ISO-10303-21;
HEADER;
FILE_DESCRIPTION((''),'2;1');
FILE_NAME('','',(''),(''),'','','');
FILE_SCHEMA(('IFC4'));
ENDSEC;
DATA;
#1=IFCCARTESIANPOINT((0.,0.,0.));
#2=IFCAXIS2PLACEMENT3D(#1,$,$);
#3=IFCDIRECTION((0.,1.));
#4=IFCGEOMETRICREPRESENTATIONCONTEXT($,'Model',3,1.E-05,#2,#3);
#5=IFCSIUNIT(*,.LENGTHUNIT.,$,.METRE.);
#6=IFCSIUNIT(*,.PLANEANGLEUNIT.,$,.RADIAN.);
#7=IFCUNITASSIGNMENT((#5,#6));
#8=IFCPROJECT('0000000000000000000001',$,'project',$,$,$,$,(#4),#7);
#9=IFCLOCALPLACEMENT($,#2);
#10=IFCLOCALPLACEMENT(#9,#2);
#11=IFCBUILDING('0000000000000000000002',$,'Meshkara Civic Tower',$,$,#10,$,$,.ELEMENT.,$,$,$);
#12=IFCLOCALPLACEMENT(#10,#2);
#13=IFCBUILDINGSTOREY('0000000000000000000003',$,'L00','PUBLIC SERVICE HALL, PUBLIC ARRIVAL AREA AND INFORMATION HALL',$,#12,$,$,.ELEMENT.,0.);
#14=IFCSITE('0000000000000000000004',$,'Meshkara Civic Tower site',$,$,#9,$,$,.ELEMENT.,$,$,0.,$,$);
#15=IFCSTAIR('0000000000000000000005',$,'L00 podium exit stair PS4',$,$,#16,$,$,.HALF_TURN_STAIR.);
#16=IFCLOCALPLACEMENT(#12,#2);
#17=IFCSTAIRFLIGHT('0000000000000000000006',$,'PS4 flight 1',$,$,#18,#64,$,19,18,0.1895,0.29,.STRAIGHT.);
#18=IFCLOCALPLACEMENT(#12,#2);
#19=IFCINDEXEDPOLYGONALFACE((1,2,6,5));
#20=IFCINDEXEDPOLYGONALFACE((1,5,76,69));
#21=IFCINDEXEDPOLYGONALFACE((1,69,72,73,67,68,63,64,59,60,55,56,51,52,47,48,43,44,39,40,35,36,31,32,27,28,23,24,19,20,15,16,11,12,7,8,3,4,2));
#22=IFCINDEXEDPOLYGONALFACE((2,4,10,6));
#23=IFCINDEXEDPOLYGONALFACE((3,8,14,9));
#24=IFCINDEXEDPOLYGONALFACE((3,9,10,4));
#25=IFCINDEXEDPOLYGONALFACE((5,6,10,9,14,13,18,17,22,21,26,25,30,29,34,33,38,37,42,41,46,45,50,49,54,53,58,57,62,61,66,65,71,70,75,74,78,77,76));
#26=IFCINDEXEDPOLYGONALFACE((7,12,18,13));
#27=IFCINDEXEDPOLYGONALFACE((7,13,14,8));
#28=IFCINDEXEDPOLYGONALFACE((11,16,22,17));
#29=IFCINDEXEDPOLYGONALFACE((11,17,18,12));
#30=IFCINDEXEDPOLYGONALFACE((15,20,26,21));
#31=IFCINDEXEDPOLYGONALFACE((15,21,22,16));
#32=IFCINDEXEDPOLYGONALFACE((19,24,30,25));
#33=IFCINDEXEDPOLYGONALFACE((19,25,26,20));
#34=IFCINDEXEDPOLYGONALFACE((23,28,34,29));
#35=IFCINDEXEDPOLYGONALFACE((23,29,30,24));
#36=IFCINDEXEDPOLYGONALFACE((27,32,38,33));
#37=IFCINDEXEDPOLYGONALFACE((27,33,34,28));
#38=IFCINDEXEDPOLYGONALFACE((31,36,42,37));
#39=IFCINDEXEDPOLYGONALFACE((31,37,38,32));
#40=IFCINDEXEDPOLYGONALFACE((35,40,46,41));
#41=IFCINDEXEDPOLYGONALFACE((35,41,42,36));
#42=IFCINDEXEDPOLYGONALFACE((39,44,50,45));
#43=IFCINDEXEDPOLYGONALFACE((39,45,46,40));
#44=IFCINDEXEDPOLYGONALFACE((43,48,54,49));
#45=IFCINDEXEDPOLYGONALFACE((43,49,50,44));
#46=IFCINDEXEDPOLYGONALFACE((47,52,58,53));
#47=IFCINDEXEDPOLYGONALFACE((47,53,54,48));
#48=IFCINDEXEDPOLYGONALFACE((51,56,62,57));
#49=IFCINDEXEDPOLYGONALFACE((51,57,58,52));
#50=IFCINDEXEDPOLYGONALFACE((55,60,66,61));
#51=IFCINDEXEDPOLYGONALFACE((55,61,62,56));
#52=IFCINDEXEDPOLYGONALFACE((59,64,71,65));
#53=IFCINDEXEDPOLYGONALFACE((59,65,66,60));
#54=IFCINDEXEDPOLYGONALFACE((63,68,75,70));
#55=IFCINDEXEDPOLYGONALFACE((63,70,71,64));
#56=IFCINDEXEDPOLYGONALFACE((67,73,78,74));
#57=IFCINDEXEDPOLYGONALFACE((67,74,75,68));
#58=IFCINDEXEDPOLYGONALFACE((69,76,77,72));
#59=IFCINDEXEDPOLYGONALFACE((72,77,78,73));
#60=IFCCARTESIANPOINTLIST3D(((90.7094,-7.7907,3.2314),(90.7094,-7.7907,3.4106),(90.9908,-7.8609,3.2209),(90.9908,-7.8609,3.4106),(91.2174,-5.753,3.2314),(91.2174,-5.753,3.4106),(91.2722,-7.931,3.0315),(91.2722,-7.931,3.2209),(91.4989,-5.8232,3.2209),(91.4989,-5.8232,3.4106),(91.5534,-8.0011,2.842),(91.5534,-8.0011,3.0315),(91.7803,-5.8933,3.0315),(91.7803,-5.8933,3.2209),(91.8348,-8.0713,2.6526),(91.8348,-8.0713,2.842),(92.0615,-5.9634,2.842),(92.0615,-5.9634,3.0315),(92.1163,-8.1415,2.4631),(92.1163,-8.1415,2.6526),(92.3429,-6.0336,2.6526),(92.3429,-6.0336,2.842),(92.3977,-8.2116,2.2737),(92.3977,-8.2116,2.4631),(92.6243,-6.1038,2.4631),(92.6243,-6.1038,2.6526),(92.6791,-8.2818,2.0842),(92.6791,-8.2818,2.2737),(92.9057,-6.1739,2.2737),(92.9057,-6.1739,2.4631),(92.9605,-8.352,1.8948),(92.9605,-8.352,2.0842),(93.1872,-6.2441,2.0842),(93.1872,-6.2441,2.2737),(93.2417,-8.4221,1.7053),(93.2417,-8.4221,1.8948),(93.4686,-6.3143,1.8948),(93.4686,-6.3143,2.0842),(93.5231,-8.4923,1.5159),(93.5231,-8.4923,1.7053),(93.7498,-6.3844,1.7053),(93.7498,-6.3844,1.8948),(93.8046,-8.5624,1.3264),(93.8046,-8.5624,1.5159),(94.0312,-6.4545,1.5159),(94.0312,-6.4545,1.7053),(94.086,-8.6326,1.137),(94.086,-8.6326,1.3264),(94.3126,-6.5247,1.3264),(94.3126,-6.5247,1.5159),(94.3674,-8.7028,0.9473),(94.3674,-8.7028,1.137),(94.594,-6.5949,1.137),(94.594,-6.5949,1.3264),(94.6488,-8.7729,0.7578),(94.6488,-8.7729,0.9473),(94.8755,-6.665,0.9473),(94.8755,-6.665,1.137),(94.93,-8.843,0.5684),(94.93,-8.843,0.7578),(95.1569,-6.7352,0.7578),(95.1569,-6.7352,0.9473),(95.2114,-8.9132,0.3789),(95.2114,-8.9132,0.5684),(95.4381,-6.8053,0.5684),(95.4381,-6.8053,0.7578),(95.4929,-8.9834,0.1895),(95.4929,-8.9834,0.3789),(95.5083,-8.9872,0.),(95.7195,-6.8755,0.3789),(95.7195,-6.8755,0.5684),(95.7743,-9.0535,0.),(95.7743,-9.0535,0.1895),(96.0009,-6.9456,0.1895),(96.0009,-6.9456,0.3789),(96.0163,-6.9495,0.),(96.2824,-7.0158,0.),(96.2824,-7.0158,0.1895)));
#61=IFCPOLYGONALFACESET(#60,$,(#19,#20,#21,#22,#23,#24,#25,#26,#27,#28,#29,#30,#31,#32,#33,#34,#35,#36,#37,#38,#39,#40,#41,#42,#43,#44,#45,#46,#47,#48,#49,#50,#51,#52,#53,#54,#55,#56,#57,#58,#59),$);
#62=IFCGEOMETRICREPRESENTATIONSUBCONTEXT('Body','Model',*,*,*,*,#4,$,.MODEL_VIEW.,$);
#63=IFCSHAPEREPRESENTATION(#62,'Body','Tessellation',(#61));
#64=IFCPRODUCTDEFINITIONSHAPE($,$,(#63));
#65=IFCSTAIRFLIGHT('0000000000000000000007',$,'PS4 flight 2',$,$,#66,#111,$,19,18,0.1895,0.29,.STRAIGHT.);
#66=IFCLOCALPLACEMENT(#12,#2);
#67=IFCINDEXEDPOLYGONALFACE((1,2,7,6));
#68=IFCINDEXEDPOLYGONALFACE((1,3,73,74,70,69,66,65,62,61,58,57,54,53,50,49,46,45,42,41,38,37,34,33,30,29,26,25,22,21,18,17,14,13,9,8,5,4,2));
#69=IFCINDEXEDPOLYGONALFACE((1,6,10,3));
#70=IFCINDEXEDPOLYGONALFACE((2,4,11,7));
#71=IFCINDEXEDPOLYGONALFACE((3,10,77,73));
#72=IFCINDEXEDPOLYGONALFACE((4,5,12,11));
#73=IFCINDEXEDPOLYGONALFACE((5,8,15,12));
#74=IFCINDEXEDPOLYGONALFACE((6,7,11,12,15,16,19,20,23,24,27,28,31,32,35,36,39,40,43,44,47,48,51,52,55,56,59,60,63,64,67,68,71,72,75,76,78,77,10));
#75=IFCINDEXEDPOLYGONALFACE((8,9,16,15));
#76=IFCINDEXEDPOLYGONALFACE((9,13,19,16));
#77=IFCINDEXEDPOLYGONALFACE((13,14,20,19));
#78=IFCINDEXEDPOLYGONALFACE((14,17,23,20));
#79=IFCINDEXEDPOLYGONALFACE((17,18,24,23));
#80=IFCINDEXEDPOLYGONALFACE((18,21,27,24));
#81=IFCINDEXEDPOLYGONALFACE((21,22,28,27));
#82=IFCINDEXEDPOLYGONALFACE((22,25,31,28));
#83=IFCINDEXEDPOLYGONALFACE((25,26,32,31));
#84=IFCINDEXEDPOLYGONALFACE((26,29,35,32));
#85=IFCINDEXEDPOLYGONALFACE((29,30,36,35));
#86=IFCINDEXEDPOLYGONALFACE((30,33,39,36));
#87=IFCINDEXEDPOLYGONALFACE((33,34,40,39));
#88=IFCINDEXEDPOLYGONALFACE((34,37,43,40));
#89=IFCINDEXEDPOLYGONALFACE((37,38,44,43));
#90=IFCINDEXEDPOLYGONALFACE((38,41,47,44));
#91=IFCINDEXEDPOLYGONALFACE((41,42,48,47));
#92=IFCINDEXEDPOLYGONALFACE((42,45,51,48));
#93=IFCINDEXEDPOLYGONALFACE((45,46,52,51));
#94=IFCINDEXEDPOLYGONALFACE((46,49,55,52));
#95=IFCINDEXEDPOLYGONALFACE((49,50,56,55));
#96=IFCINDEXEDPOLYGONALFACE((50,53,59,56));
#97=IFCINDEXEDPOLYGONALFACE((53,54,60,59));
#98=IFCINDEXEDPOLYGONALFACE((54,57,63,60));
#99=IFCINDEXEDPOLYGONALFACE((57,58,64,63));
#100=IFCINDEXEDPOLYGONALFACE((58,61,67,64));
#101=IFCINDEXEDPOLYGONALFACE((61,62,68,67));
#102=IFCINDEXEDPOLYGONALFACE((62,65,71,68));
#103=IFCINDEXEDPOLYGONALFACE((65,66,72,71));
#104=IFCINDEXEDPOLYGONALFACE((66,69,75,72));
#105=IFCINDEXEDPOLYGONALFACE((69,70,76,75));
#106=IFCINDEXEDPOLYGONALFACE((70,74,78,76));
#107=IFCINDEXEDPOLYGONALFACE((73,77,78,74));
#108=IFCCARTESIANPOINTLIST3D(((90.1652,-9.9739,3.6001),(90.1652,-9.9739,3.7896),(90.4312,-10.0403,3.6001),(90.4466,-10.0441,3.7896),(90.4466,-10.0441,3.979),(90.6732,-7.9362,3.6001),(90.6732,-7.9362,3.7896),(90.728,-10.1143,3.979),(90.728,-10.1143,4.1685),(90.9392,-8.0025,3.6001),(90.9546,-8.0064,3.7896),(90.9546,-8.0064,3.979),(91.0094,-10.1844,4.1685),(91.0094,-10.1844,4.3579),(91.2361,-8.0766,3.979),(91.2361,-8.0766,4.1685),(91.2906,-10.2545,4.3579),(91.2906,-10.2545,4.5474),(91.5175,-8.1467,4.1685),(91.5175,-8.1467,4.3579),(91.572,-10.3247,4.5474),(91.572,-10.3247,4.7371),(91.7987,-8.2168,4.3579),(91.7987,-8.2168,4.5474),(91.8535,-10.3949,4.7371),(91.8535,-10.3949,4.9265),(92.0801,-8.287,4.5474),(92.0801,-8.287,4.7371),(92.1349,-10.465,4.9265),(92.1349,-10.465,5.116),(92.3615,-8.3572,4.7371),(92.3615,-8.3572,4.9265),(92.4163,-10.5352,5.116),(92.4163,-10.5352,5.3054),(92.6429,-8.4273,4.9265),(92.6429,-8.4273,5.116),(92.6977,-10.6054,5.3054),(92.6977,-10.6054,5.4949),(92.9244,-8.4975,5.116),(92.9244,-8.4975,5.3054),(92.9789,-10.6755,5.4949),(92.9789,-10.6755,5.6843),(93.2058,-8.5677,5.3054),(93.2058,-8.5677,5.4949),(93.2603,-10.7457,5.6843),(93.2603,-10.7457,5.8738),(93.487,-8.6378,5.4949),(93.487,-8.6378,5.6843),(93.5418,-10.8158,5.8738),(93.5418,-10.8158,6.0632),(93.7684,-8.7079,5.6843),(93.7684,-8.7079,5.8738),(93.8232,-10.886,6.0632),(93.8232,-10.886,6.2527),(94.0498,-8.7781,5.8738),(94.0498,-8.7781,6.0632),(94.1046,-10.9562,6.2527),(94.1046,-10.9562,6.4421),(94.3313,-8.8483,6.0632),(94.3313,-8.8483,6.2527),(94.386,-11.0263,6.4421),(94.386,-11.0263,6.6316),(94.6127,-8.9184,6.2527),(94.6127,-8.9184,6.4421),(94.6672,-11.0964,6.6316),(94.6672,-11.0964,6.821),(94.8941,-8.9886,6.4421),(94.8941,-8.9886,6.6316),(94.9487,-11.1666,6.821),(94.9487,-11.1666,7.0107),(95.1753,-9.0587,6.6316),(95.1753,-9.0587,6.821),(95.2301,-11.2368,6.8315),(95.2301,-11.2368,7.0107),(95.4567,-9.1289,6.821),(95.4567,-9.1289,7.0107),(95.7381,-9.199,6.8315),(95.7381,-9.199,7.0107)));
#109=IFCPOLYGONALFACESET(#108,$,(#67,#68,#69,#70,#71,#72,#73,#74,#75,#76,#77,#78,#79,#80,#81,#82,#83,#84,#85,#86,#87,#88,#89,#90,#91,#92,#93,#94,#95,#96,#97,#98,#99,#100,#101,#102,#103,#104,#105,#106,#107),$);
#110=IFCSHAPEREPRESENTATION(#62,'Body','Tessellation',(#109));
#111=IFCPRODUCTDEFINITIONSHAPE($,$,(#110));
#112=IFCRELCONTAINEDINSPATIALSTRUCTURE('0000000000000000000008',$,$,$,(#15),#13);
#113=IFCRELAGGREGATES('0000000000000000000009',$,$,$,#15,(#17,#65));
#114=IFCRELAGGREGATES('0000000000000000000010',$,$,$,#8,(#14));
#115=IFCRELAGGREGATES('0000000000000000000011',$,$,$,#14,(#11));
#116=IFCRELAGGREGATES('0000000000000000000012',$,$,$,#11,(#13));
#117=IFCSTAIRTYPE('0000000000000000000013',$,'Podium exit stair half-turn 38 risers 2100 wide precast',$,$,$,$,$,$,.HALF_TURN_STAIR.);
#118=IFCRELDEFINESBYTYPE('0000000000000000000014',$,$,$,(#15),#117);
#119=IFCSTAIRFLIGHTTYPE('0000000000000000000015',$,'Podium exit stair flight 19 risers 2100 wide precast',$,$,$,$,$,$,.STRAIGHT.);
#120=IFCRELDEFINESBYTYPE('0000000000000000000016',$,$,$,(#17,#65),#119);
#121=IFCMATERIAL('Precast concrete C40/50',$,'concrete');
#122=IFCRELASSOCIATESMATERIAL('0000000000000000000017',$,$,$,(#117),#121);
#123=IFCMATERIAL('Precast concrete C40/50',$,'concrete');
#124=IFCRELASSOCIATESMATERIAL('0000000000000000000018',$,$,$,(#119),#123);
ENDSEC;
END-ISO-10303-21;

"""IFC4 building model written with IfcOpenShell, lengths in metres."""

from ifc_helpers import new_model, si_unit, direction, frame, origin, place, context, subcontext, project, spatial, polyline, outline, extrude, material, type_object, element, aggregate, save


model = new_model("IFC4")

# Units and contexts
model_context = context("Model", 3, precision=1e-05, world=origin(), true_north=direction((0.0, 1.0)))
body_context = subcontext(model_context, "Body", "Model", "MODEL_VIEW")
ifc_project = project(units=[si_unit("LENGTHUNIT", "METRE"), si_unit("PLANEANGLEUNIT", "RADIAN")], contexts=[model_context])

# Site, building, storey
site_placement = place(None, origin())
site = spatial("IfcSite", under=ifc_project, at=site_placement, Name="Meshkara Civic Tower site", CompositionType="ELEMENT", RefElevation=0.0)
building_placement = place(site_placement, origin())
building = spatial("IfcBuilding", under=site, at=building_placement, Name="Meshkara Civic Tower", CompositionType="ELEMENT")
storey_placement = place(building_placement, origin())
storey = spatial("IfcBuildingStorey", under=building, at=storey_placement, Name="L00", Description="PUBLIC SERVICE HALL, PUBLIC ARRIVAL AREA AND INFORMATION HALL", CompositionType="ELEMENT", Elevation=0.0)

# Stair, stair flights
ifc_material_1 = material(Name="Precast concrete C40/50", Category="concrete")
stair_type = type_object("IfcStairType", Name="Podium exit stair half-turn 38 risers 2100 wide precast", PredefinedType="HALF_TURN_STAIR", material=ifc_material_1)
stair_placement = place(storey_placement, origin())
stair = element("IfcStair", 1, at=stair_placement, inside=storey, type_object=stair_type, Name="L00 podium exit stair PS4", PredefinedType="HALF_TURN_STAIR")
ifc_material_2 = material(Name="Precast concrete C40/50", Category="concrete")
stair_flight_type = type_object("IfcStairFlightType", Name="Podium exit stair flight 19 risers 2100 wide precast", PredefinedType="STRAIGHT", material=ifc_material_2)
stair_flight_1_placement = place(storey_placement, frame((96.0283, -8.0347, 0.0), z_axis=(0.0, 0.0, 1.0), x_axis=(-0.970296, 0.241922, 0.0)))
stair_flight_1 = element("IfcStairFlight", 2, at=stair_flight_1_placement, type_object=stair_flight_type, Name="PS4 flight 1", NumberOfRisers=19, NumberOfTreads=18, PredefinedType="STRAIGHT", RiserHeight=0.1895, TreadLength=0.29, context=body_context, shape_type="SweptSolid", body=[
    extrude(outline(polyline([(0.0, 0.0), (0.0, 0.1895), (0.29, 0.1895), (0.29, 0.3789), (0.5801, 0.3789), (0.5801, 0.5684), (0.8701, 0.5684), (0.8701, 0.7578), (1.1599, 0.7578), (1.1599, 0.9473), (1.45, 0.9473), (1.45, 1.137), (1.74, 1.137), (1.74, 1.3264), (2.03, 1.3264), (2.03, 1.5159), (2.3201, 1.5159), (2.3201, 1.7053), (2.6101, 1.7053), (2.6101, 1.8948), (2.8999, 1.8948), (2.8999, 2.0842), (3.1899, 2.0842), (3.1899, 2.2737), (3.48, 2.2737), (3.48, 2.4631), (3.77, 2.4631), (3.77, 2.6526), (4.0601, 2.6526), (4.0601, 2.842), (4.3501, 2.842), (4.3501, 3.0315), (4.6399, 3.0315), (4.6399, 3.2209), (4.9299, 3.2209), (4.9299, 3.4106), (5.22, 3.4106), (5.22, 3.6001), (5.22, 3.2314), (0.2742, 0.0), (0.0, 0.0)])), frame((0.0, 1.05, 0.0), z_axis=(0.0, -1.0, 0.0), x_axis=(1.0, 0.0, 0.0)), (0.0, 0.0, 1.0), 2.1001),
])
stair_flight_2_placement = place(storey_placement, frame((90.4192, -8.9551, 3.6001), z_axis=(0.0, 0.0, 1.0), x_axis=(0.970296, -0.241922, 0.0)))
stair_flight_2 = element("IfcStairFlight", 3, at=stair_flight_2_placement, type_object=stair_flight_type, Name="PS4 flight 2", NumberOfRisers=19, NumberOfTreads=18, PredefinedType="STRAIGHT", RiserHeight=0.1895, TreadLength=0.29, context=body_context, shape_type="SweptSolid", body=[
    extrude(outline(polyline([(0.0, 0.0), (0.0, 0.1895), (0.29, 0.1895), (0.29, 0.3789), (0.5801, 0.3789), (0.5801, 0.5684), (0.8701, 0.5684), (0.8701, 0.7578), (1.1599, 0.7578), (1.1599, 0.9473), (1.45, 0.9473), (1.45, 1.137), (1.74, 1.137), (1.74, 1.3264), (2.03, 1.3264), (2.03, 1.5159), (2.3201, 1.5159), (2.3201, 1.7053), (2.6101, 1.7053), (2.6101, 1.8948), (2.8999, 1.8948), (2.8999, 2.0842), (3.1899, 2.0842), (3.1899, 2.2737), (3.48, 2.2737), (3.48, 2.4631), (3.77, 2.4631), (3.77, 2.6526), (4.0601, 2.6526), (4.0601, 2.842), (4.3501, 2.842), (4.3501, 3.0315), (4.6399, 3.0315), (4.6399, 3.2209), (4.9299, 3.2209), (4.9299, 3.4106), (5.22, 3.4106), (5.22, 3.6001), (5.22, 3.2314), (0.2742, 0.0), (0.0, 0.0)])), frame((0.0, 1.05, 0.0), z_axis=(0.0, -1.0, 0.0), x_axis=(1.0, 0.0, 0.0)), (0.0, 0.0, 1.0), 2.1001),
])
aggregate(stair, [stair_flight_1, stair_flight_2])

save(model, "model.ifc")
